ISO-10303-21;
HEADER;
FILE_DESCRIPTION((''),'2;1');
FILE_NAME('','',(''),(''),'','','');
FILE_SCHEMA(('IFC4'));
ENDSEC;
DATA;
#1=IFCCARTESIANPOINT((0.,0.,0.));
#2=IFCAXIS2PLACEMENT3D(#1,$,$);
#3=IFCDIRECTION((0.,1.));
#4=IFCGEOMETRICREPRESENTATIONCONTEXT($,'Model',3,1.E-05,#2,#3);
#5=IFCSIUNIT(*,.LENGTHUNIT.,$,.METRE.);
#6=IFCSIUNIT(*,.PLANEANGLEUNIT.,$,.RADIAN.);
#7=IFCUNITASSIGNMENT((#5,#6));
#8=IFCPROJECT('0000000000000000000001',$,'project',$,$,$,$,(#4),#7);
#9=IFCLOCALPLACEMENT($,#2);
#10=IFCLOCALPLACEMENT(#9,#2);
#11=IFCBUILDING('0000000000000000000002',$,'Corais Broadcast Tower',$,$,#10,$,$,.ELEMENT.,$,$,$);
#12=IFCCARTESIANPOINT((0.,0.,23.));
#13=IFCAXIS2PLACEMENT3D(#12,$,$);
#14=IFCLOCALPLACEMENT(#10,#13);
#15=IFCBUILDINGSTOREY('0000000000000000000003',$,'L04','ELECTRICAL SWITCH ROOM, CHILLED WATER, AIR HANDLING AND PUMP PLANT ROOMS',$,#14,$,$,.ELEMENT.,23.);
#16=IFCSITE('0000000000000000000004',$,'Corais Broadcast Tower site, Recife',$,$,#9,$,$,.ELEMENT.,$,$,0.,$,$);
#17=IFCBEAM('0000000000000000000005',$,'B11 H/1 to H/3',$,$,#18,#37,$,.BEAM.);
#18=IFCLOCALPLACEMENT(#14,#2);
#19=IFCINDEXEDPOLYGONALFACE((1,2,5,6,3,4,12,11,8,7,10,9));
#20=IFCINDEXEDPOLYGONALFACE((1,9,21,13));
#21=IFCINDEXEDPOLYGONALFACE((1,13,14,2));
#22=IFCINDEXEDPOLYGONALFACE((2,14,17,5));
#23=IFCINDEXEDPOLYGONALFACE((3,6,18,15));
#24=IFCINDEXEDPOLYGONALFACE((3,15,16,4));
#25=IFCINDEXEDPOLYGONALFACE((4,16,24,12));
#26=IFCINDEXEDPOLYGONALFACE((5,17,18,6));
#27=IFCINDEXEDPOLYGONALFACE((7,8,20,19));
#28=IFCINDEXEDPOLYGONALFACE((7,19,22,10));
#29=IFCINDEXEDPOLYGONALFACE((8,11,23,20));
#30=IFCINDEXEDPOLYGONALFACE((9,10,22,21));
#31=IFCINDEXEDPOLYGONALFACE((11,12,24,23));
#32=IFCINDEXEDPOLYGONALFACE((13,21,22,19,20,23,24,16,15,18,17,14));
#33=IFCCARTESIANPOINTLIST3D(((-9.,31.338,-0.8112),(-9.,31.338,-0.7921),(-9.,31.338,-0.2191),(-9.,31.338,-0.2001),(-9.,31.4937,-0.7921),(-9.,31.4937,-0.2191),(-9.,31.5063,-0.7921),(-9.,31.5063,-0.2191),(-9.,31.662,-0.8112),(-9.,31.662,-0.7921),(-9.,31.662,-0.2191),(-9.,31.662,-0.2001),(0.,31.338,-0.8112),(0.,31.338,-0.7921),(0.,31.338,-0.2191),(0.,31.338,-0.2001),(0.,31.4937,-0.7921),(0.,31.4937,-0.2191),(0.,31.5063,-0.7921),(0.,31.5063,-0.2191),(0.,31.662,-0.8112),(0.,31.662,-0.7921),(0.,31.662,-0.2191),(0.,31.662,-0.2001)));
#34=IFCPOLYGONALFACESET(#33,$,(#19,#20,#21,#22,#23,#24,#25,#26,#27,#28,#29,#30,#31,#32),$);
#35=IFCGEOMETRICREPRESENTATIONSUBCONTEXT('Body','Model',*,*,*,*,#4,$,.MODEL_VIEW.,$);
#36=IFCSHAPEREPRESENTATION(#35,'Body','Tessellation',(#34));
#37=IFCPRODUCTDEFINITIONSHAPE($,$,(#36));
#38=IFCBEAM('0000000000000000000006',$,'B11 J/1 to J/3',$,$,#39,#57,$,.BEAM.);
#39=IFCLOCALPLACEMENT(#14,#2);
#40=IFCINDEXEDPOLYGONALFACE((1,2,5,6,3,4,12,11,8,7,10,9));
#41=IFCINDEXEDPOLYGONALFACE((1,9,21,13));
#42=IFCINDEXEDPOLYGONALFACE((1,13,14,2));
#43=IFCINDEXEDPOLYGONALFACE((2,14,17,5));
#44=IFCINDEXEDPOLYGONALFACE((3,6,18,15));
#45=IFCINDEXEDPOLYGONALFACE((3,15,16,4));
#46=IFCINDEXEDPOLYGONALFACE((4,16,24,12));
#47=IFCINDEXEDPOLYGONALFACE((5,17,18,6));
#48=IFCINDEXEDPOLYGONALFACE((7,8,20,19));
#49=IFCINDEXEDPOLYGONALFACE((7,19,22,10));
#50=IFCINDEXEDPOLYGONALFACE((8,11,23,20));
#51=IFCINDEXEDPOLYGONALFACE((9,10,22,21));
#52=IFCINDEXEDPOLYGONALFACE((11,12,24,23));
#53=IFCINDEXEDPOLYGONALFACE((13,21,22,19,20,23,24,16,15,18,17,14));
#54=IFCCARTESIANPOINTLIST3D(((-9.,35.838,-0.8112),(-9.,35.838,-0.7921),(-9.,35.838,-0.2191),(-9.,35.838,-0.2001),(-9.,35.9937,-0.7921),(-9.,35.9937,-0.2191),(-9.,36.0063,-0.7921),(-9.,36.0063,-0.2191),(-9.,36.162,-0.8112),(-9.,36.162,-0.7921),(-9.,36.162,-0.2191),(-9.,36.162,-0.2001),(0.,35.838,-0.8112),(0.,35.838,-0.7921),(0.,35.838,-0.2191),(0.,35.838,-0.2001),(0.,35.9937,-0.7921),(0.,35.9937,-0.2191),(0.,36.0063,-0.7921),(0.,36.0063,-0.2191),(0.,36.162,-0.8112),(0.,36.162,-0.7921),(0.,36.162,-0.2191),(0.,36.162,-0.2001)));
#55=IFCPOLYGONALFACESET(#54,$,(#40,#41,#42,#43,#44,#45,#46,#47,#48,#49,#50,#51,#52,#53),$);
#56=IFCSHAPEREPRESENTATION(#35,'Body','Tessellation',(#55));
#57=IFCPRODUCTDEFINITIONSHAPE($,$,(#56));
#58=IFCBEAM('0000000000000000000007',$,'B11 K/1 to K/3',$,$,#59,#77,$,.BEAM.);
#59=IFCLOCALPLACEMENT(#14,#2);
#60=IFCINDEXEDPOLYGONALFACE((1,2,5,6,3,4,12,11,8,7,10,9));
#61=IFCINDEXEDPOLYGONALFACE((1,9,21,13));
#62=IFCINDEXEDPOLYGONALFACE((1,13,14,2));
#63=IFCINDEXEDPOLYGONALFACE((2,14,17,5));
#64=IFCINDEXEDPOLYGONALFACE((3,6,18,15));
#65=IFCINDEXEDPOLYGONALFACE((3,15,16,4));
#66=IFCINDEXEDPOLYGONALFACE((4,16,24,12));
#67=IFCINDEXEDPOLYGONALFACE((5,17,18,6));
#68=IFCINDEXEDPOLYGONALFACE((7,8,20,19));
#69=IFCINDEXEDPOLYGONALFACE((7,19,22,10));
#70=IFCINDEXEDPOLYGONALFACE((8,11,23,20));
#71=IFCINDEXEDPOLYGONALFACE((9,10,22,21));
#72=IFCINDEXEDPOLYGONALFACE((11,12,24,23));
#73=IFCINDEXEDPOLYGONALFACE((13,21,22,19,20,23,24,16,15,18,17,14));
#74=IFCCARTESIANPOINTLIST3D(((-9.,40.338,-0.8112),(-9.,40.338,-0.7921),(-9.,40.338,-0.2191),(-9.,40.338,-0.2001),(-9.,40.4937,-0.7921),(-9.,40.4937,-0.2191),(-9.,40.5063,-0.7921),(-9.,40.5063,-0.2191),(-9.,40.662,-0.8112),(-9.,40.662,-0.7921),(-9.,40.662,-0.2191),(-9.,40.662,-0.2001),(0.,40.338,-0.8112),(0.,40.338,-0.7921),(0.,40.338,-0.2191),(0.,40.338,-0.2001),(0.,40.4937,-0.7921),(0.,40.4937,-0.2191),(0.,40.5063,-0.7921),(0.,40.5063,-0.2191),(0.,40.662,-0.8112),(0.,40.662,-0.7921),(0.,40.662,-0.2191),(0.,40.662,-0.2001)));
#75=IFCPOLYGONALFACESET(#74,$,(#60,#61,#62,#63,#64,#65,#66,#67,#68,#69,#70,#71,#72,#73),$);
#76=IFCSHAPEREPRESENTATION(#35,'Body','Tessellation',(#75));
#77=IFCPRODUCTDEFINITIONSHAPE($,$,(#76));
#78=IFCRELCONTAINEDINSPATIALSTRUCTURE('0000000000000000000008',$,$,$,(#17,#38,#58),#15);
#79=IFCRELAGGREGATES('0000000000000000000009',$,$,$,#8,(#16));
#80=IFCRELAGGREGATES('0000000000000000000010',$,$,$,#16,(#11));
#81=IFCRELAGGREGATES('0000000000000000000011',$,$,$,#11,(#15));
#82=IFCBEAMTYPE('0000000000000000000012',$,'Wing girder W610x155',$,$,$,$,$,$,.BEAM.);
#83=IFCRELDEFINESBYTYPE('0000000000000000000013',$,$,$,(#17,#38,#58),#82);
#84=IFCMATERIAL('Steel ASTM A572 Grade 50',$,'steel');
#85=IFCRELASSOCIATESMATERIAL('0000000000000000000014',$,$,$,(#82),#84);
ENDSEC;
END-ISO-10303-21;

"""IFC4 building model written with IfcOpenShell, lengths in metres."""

from ifc_helpers import new_model, si_unit, direction, frame, origin, origin_2d, place, context, subcontext, project, spatial, i_section, extrude, material, material_profile, profile_set, type_object, element, save


model = new_model("IFC4")

# Units and contexts
model_context = context("Model", 3, precision=1e-05, world=origin(), true_north=direction((0.0, 1.0)))
body_context = subcontext(model_context, "Body", "Model", "MODEL_VIEW")
ifc_project = project(units=[si_unit("LENGTHUNIT", "METRE"), si_unit("PLANEANGLEUNIT", "RADIAN")], contexts=[model_context])

# Site, building, storey
site_placement = place(None, origin())
site = spatial("IfcSite", under=ifc_project, at=site_placement, Name="Corais Broadcast Tower site, Recife", CompositionType="ELEMENT", RefElevation=0.0)
building_placement = place(site_placement, origin())
building = spatial("IfcBuilding", under=site, at=building_placement, Name="Corais Broadcast Tower", CompositionType="ELEMENT")
storey_placement = place(building_placement, frame((0.0, 0.0, 23.0)))
storey = spatial("IfcBuildingStorey", under=building, at=storey_placement, Name="L04", Description="ELECTRICAL SWITCH ROOM, CHILLED WATER, AIR HANDLING AND PUMP PLANT ROOMS", CompositionType="ELEMENT", Elevation=23.0)

# Beams
ifc_material_1 = material(Name="Steel ASTM A572 Grade 50", Category="steel")
ifc_material_profile_1 = material_profile(ifc_material_1, i_section(OverallWidth=0.324, OverallDepth=0.6111, WebThickness=0.0127, FlangeThickness=0.019, at=origin_2d()), Name="W610x155")
ifc_profile_set_1 = profile_set([ifc_material_profile_1], Name="Steel ASTM A572 Grade 50")
beam_type_1 = type_object("IfcBeamType", Name="Wing girder W610x155", PredefinedType="BEAM", material=ifc_profile_set_1)
for number, where, z_axis, x_axis, name in (
    (1, (-9.0, 31.5, -0.5056), (1.0, 0.0, 0.0), (0.0, 1.0, 0.0), "B11 H/1 to H/3"),
    (2, (-9.0, 36.0, -0.5056), (1.0, 0.0, 0.0), (0.0, 1.0, 0.0), "B11 J/1 to J/3"),
    (3, (-9.0, 40.5, -0.5056), (1.0, 0.0, 0.0), (0.0, 1.0, 0.0), "B11 K/1 to K/3"),
):
    element("IfcBeam", number, at=place(storey_placement, frame(where, z_axis=z_axis, x_axis=x_axis)), inside=storey, type_object=beam_type_1, Name=name, PredefinedType="BEAM", context=body_context, shape_type="SweptSolid", body=[
        extrude(i_section(OverallWidth=0.324, OverallDepth=0.6111, WebThickness=0.0127, FlangeThickness=0.019, at=origin_2d()), origin(), (0.0, 0.0, 1.0), 9.0),
    ])

save(model, "model.ifc")
